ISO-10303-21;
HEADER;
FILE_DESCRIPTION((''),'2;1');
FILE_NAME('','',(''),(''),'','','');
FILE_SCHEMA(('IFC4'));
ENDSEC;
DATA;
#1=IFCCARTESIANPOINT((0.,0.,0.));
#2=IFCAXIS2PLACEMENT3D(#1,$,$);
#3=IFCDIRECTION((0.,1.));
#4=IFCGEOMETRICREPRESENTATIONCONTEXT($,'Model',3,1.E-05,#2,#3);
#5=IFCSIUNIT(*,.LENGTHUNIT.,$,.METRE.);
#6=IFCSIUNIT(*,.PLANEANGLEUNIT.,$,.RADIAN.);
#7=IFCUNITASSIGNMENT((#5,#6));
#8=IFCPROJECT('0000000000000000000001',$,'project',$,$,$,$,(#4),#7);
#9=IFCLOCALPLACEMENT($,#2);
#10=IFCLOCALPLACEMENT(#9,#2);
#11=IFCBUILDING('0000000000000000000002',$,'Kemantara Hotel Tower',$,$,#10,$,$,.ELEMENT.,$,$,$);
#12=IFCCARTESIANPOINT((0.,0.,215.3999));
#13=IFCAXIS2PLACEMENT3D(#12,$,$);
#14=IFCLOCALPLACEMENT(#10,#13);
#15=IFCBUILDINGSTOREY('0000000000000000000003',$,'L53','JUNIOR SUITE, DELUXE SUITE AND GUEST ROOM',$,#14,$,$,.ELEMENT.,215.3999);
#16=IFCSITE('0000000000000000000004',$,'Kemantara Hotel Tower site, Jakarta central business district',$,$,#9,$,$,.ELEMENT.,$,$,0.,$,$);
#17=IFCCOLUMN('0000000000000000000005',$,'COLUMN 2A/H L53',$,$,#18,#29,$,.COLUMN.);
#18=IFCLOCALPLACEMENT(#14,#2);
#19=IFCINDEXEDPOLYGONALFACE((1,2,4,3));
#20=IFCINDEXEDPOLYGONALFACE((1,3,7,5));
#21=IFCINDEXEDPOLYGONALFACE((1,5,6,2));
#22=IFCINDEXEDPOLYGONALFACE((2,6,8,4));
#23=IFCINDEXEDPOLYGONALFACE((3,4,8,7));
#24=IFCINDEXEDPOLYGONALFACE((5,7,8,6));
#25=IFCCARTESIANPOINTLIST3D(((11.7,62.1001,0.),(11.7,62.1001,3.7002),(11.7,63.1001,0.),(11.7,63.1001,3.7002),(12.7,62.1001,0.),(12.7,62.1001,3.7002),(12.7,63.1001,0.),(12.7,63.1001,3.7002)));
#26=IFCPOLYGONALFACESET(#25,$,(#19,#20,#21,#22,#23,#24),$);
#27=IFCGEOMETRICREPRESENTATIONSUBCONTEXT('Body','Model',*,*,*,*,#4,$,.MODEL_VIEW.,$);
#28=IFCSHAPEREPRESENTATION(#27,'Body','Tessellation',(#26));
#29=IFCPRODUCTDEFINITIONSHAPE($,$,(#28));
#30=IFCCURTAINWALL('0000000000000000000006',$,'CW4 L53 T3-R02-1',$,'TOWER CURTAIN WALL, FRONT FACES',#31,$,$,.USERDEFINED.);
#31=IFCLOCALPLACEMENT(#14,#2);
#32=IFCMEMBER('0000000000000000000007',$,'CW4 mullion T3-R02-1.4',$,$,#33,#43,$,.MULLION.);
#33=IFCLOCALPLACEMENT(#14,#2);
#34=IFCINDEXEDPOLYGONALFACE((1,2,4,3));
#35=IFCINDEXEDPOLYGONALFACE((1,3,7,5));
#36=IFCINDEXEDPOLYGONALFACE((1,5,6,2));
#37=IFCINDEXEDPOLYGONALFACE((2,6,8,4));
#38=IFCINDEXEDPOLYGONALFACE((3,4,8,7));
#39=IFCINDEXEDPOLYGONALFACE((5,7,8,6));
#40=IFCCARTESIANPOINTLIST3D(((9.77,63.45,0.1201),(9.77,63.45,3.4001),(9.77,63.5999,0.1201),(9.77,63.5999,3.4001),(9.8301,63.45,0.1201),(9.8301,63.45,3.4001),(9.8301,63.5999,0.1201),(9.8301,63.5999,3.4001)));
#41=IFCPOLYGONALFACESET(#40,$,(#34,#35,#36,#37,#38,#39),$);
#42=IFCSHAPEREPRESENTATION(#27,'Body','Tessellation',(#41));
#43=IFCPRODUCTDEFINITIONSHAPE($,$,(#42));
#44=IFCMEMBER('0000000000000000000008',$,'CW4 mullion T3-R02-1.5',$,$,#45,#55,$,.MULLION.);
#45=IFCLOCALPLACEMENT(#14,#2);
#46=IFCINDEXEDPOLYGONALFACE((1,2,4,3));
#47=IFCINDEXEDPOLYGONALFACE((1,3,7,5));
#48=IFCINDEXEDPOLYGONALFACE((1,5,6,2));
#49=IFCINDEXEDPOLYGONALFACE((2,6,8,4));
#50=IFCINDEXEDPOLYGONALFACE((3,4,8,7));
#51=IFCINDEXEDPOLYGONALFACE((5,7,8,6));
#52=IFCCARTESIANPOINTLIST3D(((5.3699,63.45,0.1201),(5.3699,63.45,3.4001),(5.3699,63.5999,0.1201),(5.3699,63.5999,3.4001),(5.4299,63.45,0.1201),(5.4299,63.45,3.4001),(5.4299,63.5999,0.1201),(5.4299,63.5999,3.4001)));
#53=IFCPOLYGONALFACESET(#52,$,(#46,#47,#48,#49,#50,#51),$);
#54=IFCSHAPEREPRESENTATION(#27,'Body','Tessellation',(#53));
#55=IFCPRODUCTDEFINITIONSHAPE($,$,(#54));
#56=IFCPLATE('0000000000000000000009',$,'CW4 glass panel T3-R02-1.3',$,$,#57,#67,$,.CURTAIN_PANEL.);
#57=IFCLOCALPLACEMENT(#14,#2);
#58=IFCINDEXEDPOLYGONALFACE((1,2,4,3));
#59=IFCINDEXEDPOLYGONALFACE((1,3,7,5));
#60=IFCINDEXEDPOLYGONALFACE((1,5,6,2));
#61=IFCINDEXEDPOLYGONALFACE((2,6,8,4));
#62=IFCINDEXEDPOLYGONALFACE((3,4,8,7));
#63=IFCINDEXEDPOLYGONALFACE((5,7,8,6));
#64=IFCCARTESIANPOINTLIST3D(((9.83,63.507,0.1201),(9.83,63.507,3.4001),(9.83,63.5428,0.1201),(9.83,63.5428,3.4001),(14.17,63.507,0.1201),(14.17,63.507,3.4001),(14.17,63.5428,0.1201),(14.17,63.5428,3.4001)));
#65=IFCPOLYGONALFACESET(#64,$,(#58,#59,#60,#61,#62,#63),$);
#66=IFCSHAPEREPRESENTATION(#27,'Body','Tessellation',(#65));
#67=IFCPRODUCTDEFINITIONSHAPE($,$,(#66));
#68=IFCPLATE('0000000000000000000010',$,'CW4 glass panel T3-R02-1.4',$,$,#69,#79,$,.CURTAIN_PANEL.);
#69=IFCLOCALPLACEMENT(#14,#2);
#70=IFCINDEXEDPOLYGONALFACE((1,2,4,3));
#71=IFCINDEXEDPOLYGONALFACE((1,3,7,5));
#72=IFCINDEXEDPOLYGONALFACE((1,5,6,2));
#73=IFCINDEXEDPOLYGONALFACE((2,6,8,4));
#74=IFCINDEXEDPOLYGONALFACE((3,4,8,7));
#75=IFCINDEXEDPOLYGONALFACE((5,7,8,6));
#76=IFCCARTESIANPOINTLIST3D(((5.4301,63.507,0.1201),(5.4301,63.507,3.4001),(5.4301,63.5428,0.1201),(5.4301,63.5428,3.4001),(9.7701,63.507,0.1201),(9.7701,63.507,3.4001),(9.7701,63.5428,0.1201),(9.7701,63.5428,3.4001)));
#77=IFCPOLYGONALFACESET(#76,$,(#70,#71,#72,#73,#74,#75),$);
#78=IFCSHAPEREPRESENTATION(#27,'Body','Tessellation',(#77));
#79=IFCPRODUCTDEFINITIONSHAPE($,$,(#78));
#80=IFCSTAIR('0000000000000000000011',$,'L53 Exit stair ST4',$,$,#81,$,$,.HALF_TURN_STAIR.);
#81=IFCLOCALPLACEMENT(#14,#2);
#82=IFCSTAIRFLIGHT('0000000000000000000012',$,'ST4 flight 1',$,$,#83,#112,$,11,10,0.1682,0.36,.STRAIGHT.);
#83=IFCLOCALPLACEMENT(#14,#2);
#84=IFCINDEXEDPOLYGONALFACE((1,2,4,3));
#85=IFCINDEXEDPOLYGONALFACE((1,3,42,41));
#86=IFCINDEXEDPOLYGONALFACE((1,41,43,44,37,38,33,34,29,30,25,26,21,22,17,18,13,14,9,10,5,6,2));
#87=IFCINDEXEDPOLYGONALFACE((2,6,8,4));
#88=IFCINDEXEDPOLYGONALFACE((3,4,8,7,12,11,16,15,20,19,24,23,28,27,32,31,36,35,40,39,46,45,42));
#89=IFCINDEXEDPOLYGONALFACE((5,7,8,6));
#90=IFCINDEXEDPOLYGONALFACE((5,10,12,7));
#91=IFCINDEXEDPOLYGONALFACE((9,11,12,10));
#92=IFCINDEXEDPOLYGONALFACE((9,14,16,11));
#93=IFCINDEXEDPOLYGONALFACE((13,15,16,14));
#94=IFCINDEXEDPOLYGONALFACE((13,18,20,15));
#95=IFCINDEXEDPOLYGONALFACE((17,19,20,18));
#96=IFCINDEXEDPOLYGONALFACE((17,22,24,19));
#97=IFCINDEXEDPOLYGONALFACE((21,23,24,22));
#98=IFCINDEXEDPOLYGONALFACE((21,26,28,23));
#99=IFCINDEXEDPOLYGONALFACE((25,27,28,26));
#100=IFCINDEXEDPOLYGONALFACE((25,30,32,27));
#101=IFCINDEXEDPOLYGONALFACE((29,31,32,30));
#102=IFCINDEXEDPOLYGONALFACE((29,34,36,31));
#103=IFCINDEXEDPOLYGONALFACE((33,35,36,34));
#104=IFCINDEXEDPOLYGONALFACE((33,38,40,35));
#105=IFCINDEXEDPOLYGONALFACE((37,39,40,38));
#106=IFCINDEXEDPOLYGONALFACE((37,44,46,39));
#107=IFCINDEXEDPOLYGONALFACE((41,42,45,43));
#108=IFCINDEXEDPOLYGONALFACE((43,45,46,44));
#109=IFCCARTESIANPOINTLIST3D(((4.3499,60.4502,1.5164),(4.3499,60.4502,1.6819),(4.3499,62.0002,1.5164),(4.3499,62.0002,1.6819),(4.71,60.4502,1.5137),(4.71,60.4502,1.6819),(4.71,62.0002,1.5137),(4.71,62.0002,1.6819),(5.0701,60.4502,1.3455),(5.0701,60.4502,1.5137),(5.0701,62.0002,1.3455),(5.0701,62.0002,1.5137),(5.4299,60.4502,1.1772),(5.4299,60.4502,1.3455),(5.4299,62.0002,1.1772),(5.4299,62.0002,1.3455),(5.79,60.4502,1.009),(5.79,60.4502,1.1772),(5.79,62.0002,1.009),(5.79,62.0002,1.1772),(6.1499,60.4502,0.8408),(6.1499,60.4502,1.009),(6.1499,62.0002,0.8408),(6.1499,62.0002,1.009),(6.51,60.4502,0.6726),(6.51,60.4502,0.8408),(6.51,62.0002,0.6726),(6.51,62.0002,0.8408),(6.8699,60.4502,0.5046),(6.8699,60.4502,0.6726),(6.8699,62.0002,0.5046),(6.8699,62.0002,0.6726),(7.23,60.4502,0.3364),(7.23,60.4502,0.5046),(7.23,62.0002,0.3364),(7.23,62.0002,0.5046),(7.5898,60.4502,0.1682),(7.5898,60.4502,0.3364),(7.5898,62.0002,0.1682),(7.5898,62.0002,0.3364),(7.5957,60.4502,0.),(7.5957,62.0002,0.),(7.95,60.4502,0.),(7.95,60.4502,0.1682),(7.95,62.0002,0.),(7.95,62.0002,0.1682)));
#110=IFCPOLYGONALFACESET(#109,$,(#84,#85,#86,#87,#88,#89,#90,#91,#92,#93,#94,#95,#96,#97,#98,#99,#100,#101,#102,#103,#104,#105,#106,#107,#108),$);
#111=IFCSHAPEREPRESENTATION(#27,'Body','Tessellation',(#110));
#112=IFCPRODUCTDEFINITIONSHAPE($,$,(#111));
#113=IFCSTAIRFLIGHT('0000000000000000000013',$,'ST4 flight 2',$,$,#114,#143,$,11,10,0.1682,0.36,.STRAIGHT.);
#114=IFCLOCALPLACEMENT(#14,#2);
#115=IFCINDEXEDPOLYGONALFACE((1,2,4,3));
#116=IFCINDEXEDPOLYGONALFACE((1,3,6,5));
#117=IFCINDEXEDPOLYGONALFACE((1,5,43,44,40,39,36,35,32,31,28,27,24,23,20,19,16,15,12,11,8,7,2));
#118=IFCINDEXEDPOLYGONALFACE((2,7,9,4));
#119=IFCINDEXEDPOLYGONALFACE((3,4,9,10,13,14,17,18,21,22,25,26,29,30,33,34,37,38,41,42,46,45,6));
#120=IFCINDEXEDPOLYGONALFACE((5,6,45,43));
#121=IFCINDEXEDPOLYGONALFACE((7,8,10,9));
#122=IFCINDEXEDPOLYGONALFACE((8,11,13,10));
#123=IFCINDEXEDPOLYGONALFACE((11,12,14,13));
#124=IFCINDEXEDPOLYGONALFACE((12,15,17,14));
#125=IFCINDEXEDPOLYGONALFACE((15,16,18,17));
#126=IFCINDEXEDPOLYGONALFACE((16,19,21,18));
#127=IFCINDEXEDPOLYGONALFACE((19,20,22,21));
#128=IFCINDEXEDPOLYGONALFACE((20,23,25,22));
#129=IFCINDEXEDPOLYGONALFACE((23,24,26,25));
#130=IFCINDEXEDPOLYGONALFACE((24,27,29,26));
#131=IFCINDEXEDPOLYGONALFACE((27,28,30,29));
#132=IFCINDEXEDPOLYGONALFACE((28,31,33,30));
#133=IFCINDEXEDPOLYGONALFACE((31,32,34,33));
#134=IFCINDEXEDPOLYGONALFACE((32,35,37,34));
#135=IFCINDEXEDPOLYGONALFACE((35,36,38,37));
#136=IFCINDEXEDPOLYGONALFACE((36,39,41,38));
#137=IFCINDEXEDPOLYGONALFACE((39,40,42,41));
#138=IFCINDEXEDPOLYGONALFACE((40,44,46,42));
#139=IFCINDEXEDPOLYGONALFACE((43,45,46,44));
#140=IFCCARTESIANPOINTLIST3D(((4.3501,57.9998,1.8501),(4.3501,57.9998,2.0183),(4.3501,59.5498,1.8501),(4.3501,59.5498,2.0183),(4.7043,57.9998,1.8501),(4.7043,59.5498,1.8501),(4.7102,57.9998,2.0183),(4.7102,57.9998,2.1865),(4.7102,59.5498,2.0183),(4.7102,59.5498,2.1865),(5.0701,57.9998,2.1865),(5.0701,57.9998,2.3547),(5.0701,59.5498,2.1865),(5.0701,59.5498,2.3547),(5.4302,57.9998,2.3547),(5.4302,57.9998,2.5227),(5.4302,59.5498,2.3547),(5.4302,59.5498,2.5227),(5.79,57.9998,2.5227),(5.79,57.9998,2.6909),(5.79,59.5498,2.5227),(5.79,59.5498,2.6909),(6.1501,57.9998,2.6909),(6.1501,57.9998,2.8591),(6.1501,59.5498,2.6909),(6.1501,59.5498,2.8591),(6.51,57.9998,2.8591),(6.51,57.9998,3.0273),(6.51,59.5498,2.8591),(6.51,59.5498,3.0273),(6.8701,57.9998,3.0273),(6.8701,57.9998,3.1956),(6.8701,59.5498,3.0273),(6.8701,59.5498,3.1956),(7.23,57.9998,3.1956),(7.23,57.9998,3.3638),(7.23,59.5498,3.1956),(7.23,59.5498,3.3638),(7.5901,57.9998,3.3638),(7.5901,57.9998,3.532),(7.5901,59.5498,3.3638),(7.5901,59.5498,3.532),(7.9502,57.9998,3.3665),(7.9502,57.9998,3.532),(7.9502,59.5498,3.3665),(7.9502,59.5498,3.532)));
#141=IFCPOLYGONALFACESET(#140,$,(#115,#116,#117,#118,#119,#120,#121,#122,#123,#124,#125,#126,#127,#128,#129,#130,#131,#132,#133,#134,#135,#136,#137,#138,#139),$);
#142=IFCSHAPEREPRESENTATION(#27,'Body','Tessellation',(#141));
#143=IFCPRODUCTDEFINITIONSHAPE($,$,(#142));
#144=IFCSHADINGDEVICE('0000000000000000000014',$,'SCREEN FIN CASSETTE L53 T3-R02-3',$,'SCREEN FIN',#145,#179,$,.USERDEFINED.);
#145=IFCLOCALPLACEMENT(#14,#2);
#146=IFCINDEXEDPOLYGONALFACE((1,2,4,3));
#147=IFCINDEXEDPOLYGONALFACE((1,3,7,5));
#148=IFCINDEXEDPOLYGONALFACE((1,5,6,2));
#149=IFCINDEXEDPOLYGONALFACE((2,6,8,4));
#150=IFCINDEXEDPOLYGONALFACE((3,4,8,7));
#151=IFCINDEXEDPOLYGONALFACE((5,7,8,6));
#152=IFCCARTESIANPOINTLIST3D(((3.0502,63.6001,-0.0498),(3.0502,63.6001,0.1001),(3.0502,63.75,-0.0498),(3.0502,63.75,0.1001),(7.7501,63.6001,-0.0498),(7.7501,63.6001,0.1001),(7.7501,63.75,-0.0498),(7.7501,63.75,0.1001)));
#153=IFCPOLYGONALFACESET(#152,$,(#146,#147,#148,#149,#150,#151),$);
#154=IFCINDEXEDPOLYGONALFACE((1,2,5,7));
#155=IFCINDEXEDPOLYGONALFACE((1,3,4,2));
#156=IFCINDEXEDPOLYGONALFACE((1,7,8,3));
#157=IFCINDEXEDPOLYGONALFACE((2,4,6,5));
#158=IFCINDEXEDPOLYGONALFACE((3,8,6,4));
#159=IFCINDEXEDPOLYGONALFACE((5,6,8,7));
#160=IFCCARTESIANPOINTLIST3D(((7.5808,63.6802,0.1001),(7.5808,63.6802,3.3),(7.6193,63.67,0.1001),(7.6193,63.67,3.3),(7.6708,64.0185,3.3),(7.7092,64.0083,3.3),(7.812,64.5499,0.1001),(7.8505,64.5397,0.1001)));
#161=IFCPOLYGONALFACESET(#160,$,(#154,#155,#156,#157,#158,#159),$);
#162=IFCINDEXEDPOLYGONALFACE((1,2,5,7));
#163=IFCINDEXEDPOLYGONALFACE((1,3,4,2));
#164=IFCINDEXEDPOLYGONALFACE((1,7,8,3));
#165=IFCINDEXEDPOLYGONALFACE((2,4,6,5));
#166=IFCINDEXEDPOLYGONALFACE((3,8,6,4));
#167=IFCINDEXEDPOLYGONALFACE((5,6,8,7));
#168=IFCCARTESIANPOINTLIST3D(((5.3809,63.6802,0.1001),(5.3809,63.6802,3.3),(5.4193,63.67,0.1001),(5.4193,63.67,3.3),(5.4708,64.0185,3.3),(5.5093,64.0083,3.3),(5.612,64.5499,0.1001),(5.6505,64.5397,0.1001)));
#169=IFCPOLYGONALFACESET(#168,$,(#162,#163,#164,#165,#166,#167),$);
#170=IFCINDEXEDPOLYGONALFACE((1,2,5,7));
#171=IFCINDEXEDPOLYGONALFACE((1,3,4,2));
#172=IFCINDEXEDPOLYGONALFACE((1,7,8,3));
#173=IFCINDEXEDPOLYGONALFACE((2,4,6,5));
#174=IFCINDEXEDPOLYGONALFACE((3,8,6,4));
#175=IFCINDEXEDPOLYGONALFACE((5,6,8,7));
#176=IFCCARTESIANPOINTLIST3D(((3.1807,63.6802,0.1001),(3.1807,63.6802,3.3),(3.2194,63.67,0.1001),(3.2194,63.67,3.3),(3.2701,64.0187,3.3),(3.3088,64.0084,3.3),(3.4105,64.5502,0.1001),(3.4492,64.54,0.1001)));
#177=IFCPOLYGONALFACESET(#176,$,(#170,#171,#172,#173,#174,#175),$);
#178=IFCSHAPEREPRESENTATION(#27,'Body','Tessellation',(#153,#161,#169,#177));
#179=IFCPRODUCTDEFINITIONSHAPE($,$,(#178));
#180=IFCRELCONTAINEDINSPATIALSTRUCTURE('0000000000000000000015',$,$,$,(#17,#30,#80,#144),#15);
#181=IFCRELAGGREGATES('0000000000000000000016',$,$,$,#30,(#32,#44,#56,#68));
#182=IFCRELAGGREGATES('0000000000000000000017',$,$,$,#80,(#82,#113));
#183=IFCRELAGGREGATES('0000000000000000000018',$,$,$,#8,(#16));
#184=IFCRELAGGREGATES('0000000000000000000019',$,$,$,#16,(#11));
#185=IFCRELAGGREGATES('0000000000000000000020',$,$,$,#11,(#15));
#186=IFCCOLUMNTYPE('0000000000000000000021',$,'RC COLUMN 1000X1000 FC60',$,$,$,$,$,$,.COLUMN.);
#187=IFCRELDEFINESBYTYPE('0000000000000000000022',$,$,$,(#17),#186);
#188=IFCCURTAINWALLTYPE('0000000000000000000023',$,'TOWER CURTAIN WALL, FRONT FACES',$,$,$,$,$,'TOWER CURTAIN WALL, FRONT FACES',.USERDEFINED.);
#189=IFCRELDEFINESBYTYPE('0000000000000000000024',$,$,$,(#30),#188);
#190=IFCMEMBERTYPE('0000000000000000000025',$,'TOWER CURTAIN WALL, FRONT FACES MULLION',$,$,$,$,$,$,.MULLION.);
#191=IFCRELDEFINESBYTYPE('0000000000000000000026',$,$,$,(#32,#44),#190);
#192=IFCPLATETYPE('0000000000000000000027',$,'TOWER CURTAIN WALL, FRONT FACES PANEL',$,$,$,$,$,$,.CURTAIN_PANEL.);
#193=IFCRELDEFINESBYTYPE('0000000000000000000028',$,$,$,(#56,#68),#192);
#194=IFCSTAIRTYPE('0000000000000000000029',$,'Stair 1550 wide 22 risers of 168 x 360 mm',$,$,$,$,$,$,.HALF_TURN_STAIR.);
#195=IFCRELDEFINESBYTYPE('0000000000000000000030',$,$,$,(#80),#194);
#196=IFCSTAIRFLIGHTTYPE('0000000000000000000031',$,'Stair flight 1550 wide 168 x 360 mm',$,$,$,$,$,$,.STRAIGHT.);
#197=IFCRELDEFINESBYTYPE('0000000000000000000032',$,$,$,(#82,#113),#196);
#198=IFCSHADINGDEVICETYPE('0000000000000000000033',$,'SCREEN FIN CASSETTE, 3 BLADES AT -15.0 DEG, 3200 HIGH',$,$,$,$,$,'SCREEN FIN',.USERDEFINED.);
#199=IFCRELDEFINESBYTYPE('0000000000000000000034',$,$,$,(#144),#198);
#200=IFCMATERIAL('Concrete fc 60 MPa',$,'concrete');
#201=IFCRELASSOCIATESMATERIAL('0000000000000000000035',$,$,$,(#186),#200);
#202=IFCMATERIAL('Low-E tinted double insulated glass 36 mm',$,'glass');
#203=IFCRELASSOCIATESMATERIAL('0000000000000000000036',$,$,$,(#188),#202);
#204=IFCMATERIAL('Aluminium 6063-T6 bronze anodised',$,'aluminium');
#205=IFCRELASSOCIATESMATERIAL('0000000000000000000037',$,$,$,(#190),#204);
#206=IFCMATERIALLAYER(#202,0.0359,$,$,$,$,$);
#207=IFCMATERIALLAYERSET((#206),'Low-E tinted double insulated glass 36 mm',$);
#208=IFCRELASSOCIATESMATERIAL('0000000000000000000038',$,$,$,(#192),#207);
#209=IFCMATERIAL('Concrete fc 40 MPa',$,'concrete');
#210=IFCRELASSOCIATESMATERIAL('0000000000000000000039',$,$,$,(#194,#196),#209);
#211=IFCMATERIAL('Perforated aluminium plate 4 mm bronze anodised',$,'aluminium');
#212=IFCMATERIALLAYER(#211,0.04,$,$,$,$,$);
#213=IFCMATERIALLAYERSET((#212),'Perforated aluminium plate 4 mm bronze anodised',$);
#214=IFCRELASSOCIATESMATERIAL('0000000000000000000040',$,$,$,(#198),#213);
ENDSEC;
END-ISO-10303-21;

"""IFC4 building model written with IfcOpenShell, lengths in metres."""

from ifc_helpers import new_model, si_unit, direction, frame, origin, origin_2d, place, context, subcontext, project, spatial, polyline, rectangle, outline, extrude, source, transform, mapped, material, layer, layer_set, material_profile, profile_set, type_object, element, aggregate, save


model = new_model("IFC4")

# Units and contexts
model_context = context("Model", 3, precision=1e-05, world=origin(), true_north=direction((0.0, 1.0)))
body_context = subcontext(model_context, "Body", "Model", "MODEL_VIEW")
ifc_project = project(units=[si_unit("LENGTHUNIT", "METRE"), si_unit("PLANEANGLEUNIT", "RADIAN")], contexts=[model_context])

# Site, building, storey
site_placement = place(None, origin())
site = spatial("IfcSite", under=ifc_project, at=site_placement, Name="Kemantara Hotel Tower site, Jakarta central business district", CompositionType="ELEMENT", RefElevation=0.0)
building_placement = place(site_placement, origin())
building = spatial("IfcBuilding", under=site, at=building_placement, Name="Kemantara Hotel Tower", CompositionType="ELEMENT")
storey_placement = place(building_placement, frame((0.0, 0.0, 215.3999)))
storey = spatial("IfcBuildingStorey", under=building, at=storey_placement, Name="L53", Description="JUNIOR SUITE, DELUXE SUITE AND GUEST ROOM", CompositionType="ELEMENT", Elevation=215.3999)

# Column
ifc_material_1 = material(Name="Concrete fc 60 MPa", Category="concrete")
ifc_material_profile_1 = material_profile(ifc_material_1, rectangle(XDim=1.0, YDim=1.0, at=origin_2d()), Name="RC 1000X1000")
ifc_profile_set_1 = profile_set([ifc_material_profile_1], Name="Concrete fc 60 MPa")
column_type = type_object("IfcColumnType", Name="RC COLUMN 1000X1000 FC60", PredefinedType="COLUMN", material=ifc_profile_set_1)
column_placement = place(storey_placement, frame((12.2, 62.6001, 0.0), z_axis=(0.0, 0.0, 1.0), x_axis=(1.0, 0.0, 0.0)))
element("IfcColumn", 1, at=column_placement, inside=storey, type_object=column_type, Name="COLUMN 2A/H L53", PredefinedType="COLUMN", context=body_context, shape_type="SweptSolid", body=[
    extrude(rectangle(XDim=1.0, YDim=1.0, at=origin_2d()), origin(), (0.0, 0.0, 1.0), 3.7002),
])

# Curtain wall, members, plates
ifc_material_2 = material(Name="Low-E tinted double insulated glass 36 mm", Category="glass")
curtain_wall_type = type_object("IfcCurtainWallType", Name="TOWER CURTAIN WALL, FRONT FACES", ElementType="TOWER CURTAIN WALL, FRONT FACES", PredefinedType="USERDEFINED", material=ifc_material_2)
curtain_wall_placement = place(storey_placement, origin())
curtain_wall = element("IfcCurtainWall", 2, at=curtain_wall_placement, inside=storey, type_object=curtain_wall_type, Name="CW4 L53 T3-R02-1", ObjectType="TOWER CURTAIN WALL, FRONT FACES", PredefinedType="USERDEFINED")
ifc_material_3 = material(Name="Aluminium 6063-T6 bronze anodised", Category="aluminium")
ifc_material_profile_2 = material_profile(ifc_material_3, rectangle(XDim=0.1499, YDim=0.0601, at=origin_2d()), Name="TOWER CURTAIN WALL, FRONT FACES MULLION")
ifc_profile_set_2 = profile_set([ifc_material_profile_2], Name="Aluminium 6063-T6 bronze anodised")
member_type = type_object("IfcMemberType", Name="TOWER CURTAIN WALL, FRONT FACES MULLION", PredefinedType="MULLION", material=ifc_profile_set_2)
shared_shape_1 = source(origin(), body_context, "Body", "SweptSolid", [
    extrude(rectangle(XDim=0.1499, YDim=0.0601, at=origin_2d()), origin(), (0.0, 0.0, 1.0), 3.28),
])
member_1_placement = place(storey_placement, frame((9.8, 63.5249, 0.1201), z_axis=(0.0, 0.0, 1.0), x_axis=(0.0, -1.0, 0.0)))
member_1 = element("IfcMember", 3, at=member_1_placement, type_object=member_type, Name="CW4 mullion T3-R02-1.4", PredefinedType="MULLION", context=body_context, shape_type="MappedRepresentation", body=[
    mapped(shared_shape_1, transform((0.0, 0.0, 0.0))),
])
member_2_placement = place(storey_placement, frame((5.3999, 63.5249, 0.1201), z_axis=(0.0, 0.0, 1.0), x_axis=(0.0, -1.0, 0.0)))
member_2 = element("IfcMember", 4, at=member_2_placement, type_object=member_type, Name="CW4 mullion T3-R02-1.5", PredefinedType="MULLION", context=body_context, shape_type="MappedRepresentation", body=[
    mapped(shared_shape_1, transform((0.0, 0.0, 0.0))),
])
ifc_layer_1 = layer(ifc_material_2, 0.0359)
ifc_layer_set_1 = layer_set([ifc_layer_1], Name="Low-E tinted double insulated glass 36 mm")
plate_type = type_object("IfcPlateType", Name="TOWER CURTAIN WALL, FRONT FACES PANEL", PredefinedType="CURTAIN_PANEL", material=ifc_layer_set_1)
shared_shape_2 = source(origin(), body_context, "Body", "SweptSolid", [
    extrude(rectangle(XDim=4.3401, YDim=0.0359, at=origin_2d()), origin(), (0.0, 0.0, 1.0), 3.28),
])
plate_1_placement = place(storey_placement, frame((12.0, 63.5249, 0.1201), z_axis=(0.0, 0.0, 1.0), x_axis=(-1.0, 0.0, 0.0)))
plate_1 = element("IfcPlate", 5, at=plate_1_placement, type_object=plate_type, Name="CW4 glass panel T3-R02-1.3", PredefinedType="CURTAIN_PANEL", context=body_context, shape_type="MappedRepresentation", body=[
    mapped(shared_shape_2, transform((0.0, 0.0, 0.0))),
])
plate_2_placement = place(storey_placement, frame((7.6001, 63.5249, 0.1201), z_axis=(0.0, 0.0, 1.0), x_axis=(-1.0, 0.0, 0.0)))
plate_2 = element("IfcPlate", 6, at=plate_2_placement, type_object=plate_type, Name="CW4 glass panel T3-R02-1.4", PredefinedType="CURTAIN_PANEL", context=body_context, shape_type="MappedRepresentation", body=[
    mapped(shared_shape_2, transform((0.0, 0.0, 0.0))),
])
aggregate(curtain_wall, [member_1, member_2, plate_1, plate_2])

# Stair, stair flights
ifc_material_4 = material(Name="Concrete fc 40 MPa", Category="concrete")
stair_type = type_object("IfcStairType", Name="Stair 1550 wide 22 risers of 168 x 360 mm", PredefinedType="HALF_TURN_STAIR", material=ifc_material_4)
stair_placement = place(storey_placement, origin())
stair = element("IfcStair", 7, at=stair_placement, inside=storey, type_object=stair_type, Name="L53 Exit stair ST4", PredefinedType="HALF_TURN_STAIR")
stair_flight_type = type_object("IfcStairFlightType", Name="Stair flight 1550 wide 168 x 360 mm", PredefinedType="STRAIGHT", material=ifc_material_4)
stair_flight_1_placement = place(storey_placement, frame((7.95, 61.2251, 0.0), z_axis=(0.0, 0.0, 1.0), x_axis=(-1.0, 0.0, 0.0)))
stair_flight_1 = element("IfcStairFlight", 8, at=stair_flight_1_placement, type_object=stair_flight_type, Name="ST4 flight 1", NumberOfRisers=11, NumberOfTreads=10, PredefinedType="STRAIGHT", RiserHeight=0.1682, TreadLength=0.36, context=body_context, shape_type="SweptSolid", body=[
    extrude(outline(polyline([(0.0, 0.0), (0.0, 0.1682), (0.3601, 0.1682), (0.3601, 0.3364), (0.72, 0.3364), (0.72, 0.5046), (1.0801, 0.5046), (1.0801, 0.6726), (1.4399, 0.6726), (1.4399, 0.8408), (1.8, 0.8408), (1.8, 1.009), (2.1599, 1.009), (2.1599, 1.1772), (2.52, 1.1772), (2.52, 1.3455), (2.8799, 1.3455), (2.8799, 1.5137), (3.24, 1.5137), (3.24, 1.6819), (3.6001, 1.6819), (3.6001, 1.8501), (3.6001, 1.5164), (0.3542, 0.0), (0.0, 0.0)])), frame((0.0, 0.7749, 0.0), z_axis=(0.0, -1.0, 0.0), x_axis=(1.0, 0.0, 0.0)), (0.0, 0.0, 1.0), 1.55),
])
stair_flight_2_placement = place(storey_placement, frame((4.3501, 58.7749, 1.8501), z_axis=(0.0, 0.0, 1.0), x_axis=(1.0, 0.0, 0.0)))
stair_flight_2 = element("IfcStairFlight", 9, at=stair_flight_2_placement, type_object=stair_flight_type, Name="ST4 flight 2", NumberOfRisers=11, NumberOfTreads=10, PredefinedType="STRAIGHT", RiserHeight=0.1682, TreadLength=0.36, context=body_context, shape_type="SweptSolid", body=[
    extrude(outline(polyline([(0.0, 0.0), (0.0, 0.1682), (0.3601, 0.1682), (0.3601, 0.3364), (0.72, 0.3364), (0.72, 0.5046), (1.0801, 0.5046), (1.0801, 0.6726), (1.4399, 0.6726), (1.4399, 0.8408), (1.8, 0.8408), (1.8, 1.009), (2.1599, 1.009), (2.1599, 1.1772), (2.52, 1.1772), (2.52, 1.3455), (2.8799, 1.3455), (2.8799, 1.5137), (3.24, 1.5137), (3.24, 1.6819), (3.6001, 1.6819), (3.6001, 1.8501), (3.6001, 1.5164), (0.3542, 0.0), (0.0, 0.0)])), frame((0.0, 0.7749, 0.0), z_axis=(0.0, -1.0, 0.0), x_axis=(1.0, 0.0, 0.0)), (0.0, 0.0, 1.0), 1.55),
])
aggregate(stair, [stair_flight_1, stair_flight_2])

# Shading device
ifc_material_5 = material(Name="Perforated aluminium plate 4 mm bronze anodised", Category="aluminium")
ifc_layer_2 = layer(ifc_material_5, 0.04)
ifc_layer_set_2 = layer_set([ifc_layer_2], Name="Perforated aluminium plate 4 mm bronze anodised")
shading_device_type = type_object("IfcShadingDeviceType", Name="SCREEN FIN CASSETTE, 3 BLADES AT -15.0 DEG, 3200 HIGH", ElementType="SCREEN FIN", PredefinedType="USERDEFINED", material=ifc_layer_set_2)
shared_shape_3 = source(origin(), body_context, "Body", "SweptSolid", [
    extrude(rectangle(XDim=4.7, YDim=0.1499, at=origin_2d()), frame((2.2, -0.075, -0.1499), z_axis=(0.0, 0.0, 1.0), x_axis=(1.0, 0.0, 0.0)), (0.0, 0.0, 1.0), 0.1499),
    extrude(outline(polyline([(0.0, 0.0), (0.8999, 0.0), (0.3501, 3.2), (0.0, 3.2), (0.0, 0.0)])), frame((0.0193, -0.0801, 0.0), z_axis=(-0.966438, 0.256901, 0.0), x_axis=(-0.256901, -0.966438, 0.0)), (0.0, 0.0, 1.0), 0.0398),
    extrude(outline(polyline([(0.0, 0.0), (0.8999, 0.0), (0.3501, 3.2), (0.0, 3.2), (0.0, 0.0)])), frame((2.2192, -0.0801, 0.0), z_axis=(-0.966438, 0.256901, 0.0), x_axis=(-0.256901, -0.966438, 0.0)), (0.0, 0.0, 1.0), 0.0398),
    extrude(outline(polyline([(0.0, 0.0), (0.8999, 0.0), (0.3501, 3.2), (0.0, 3.2), (0.0, 0.0)])), frame((4.4194, -0.0801, 0.0), z_axis=(-0.966838, 0.255391, 0.0), x_axis=(-0.255391, -0.966838, 0.0)), (0.0, 0.0, 1.0), 0.04),
])
shading_device_placement = place(storey_placement, frame((7.6001, 63.6001, 0.1001), z_axis=(0.0, 0.0, 1.0), x_axis=(-1.0, 0.0, 0.0)))
element("IfcShadingDevice", 10, at=shading_device_placement, inside=storey, type_object=shading_device_type, Name="SCREEN FIN CASSETTE L53 T3-R02-3", ObjectType="SCREEN FIN", PredefinedType="USERDEFINED", context=body_context, shape_type="MappedRepresentation", body=[
    mapped(shared_shape_3, transform((0.0, 0.0, 0.0))),
])

save(model, "model.ifc")
